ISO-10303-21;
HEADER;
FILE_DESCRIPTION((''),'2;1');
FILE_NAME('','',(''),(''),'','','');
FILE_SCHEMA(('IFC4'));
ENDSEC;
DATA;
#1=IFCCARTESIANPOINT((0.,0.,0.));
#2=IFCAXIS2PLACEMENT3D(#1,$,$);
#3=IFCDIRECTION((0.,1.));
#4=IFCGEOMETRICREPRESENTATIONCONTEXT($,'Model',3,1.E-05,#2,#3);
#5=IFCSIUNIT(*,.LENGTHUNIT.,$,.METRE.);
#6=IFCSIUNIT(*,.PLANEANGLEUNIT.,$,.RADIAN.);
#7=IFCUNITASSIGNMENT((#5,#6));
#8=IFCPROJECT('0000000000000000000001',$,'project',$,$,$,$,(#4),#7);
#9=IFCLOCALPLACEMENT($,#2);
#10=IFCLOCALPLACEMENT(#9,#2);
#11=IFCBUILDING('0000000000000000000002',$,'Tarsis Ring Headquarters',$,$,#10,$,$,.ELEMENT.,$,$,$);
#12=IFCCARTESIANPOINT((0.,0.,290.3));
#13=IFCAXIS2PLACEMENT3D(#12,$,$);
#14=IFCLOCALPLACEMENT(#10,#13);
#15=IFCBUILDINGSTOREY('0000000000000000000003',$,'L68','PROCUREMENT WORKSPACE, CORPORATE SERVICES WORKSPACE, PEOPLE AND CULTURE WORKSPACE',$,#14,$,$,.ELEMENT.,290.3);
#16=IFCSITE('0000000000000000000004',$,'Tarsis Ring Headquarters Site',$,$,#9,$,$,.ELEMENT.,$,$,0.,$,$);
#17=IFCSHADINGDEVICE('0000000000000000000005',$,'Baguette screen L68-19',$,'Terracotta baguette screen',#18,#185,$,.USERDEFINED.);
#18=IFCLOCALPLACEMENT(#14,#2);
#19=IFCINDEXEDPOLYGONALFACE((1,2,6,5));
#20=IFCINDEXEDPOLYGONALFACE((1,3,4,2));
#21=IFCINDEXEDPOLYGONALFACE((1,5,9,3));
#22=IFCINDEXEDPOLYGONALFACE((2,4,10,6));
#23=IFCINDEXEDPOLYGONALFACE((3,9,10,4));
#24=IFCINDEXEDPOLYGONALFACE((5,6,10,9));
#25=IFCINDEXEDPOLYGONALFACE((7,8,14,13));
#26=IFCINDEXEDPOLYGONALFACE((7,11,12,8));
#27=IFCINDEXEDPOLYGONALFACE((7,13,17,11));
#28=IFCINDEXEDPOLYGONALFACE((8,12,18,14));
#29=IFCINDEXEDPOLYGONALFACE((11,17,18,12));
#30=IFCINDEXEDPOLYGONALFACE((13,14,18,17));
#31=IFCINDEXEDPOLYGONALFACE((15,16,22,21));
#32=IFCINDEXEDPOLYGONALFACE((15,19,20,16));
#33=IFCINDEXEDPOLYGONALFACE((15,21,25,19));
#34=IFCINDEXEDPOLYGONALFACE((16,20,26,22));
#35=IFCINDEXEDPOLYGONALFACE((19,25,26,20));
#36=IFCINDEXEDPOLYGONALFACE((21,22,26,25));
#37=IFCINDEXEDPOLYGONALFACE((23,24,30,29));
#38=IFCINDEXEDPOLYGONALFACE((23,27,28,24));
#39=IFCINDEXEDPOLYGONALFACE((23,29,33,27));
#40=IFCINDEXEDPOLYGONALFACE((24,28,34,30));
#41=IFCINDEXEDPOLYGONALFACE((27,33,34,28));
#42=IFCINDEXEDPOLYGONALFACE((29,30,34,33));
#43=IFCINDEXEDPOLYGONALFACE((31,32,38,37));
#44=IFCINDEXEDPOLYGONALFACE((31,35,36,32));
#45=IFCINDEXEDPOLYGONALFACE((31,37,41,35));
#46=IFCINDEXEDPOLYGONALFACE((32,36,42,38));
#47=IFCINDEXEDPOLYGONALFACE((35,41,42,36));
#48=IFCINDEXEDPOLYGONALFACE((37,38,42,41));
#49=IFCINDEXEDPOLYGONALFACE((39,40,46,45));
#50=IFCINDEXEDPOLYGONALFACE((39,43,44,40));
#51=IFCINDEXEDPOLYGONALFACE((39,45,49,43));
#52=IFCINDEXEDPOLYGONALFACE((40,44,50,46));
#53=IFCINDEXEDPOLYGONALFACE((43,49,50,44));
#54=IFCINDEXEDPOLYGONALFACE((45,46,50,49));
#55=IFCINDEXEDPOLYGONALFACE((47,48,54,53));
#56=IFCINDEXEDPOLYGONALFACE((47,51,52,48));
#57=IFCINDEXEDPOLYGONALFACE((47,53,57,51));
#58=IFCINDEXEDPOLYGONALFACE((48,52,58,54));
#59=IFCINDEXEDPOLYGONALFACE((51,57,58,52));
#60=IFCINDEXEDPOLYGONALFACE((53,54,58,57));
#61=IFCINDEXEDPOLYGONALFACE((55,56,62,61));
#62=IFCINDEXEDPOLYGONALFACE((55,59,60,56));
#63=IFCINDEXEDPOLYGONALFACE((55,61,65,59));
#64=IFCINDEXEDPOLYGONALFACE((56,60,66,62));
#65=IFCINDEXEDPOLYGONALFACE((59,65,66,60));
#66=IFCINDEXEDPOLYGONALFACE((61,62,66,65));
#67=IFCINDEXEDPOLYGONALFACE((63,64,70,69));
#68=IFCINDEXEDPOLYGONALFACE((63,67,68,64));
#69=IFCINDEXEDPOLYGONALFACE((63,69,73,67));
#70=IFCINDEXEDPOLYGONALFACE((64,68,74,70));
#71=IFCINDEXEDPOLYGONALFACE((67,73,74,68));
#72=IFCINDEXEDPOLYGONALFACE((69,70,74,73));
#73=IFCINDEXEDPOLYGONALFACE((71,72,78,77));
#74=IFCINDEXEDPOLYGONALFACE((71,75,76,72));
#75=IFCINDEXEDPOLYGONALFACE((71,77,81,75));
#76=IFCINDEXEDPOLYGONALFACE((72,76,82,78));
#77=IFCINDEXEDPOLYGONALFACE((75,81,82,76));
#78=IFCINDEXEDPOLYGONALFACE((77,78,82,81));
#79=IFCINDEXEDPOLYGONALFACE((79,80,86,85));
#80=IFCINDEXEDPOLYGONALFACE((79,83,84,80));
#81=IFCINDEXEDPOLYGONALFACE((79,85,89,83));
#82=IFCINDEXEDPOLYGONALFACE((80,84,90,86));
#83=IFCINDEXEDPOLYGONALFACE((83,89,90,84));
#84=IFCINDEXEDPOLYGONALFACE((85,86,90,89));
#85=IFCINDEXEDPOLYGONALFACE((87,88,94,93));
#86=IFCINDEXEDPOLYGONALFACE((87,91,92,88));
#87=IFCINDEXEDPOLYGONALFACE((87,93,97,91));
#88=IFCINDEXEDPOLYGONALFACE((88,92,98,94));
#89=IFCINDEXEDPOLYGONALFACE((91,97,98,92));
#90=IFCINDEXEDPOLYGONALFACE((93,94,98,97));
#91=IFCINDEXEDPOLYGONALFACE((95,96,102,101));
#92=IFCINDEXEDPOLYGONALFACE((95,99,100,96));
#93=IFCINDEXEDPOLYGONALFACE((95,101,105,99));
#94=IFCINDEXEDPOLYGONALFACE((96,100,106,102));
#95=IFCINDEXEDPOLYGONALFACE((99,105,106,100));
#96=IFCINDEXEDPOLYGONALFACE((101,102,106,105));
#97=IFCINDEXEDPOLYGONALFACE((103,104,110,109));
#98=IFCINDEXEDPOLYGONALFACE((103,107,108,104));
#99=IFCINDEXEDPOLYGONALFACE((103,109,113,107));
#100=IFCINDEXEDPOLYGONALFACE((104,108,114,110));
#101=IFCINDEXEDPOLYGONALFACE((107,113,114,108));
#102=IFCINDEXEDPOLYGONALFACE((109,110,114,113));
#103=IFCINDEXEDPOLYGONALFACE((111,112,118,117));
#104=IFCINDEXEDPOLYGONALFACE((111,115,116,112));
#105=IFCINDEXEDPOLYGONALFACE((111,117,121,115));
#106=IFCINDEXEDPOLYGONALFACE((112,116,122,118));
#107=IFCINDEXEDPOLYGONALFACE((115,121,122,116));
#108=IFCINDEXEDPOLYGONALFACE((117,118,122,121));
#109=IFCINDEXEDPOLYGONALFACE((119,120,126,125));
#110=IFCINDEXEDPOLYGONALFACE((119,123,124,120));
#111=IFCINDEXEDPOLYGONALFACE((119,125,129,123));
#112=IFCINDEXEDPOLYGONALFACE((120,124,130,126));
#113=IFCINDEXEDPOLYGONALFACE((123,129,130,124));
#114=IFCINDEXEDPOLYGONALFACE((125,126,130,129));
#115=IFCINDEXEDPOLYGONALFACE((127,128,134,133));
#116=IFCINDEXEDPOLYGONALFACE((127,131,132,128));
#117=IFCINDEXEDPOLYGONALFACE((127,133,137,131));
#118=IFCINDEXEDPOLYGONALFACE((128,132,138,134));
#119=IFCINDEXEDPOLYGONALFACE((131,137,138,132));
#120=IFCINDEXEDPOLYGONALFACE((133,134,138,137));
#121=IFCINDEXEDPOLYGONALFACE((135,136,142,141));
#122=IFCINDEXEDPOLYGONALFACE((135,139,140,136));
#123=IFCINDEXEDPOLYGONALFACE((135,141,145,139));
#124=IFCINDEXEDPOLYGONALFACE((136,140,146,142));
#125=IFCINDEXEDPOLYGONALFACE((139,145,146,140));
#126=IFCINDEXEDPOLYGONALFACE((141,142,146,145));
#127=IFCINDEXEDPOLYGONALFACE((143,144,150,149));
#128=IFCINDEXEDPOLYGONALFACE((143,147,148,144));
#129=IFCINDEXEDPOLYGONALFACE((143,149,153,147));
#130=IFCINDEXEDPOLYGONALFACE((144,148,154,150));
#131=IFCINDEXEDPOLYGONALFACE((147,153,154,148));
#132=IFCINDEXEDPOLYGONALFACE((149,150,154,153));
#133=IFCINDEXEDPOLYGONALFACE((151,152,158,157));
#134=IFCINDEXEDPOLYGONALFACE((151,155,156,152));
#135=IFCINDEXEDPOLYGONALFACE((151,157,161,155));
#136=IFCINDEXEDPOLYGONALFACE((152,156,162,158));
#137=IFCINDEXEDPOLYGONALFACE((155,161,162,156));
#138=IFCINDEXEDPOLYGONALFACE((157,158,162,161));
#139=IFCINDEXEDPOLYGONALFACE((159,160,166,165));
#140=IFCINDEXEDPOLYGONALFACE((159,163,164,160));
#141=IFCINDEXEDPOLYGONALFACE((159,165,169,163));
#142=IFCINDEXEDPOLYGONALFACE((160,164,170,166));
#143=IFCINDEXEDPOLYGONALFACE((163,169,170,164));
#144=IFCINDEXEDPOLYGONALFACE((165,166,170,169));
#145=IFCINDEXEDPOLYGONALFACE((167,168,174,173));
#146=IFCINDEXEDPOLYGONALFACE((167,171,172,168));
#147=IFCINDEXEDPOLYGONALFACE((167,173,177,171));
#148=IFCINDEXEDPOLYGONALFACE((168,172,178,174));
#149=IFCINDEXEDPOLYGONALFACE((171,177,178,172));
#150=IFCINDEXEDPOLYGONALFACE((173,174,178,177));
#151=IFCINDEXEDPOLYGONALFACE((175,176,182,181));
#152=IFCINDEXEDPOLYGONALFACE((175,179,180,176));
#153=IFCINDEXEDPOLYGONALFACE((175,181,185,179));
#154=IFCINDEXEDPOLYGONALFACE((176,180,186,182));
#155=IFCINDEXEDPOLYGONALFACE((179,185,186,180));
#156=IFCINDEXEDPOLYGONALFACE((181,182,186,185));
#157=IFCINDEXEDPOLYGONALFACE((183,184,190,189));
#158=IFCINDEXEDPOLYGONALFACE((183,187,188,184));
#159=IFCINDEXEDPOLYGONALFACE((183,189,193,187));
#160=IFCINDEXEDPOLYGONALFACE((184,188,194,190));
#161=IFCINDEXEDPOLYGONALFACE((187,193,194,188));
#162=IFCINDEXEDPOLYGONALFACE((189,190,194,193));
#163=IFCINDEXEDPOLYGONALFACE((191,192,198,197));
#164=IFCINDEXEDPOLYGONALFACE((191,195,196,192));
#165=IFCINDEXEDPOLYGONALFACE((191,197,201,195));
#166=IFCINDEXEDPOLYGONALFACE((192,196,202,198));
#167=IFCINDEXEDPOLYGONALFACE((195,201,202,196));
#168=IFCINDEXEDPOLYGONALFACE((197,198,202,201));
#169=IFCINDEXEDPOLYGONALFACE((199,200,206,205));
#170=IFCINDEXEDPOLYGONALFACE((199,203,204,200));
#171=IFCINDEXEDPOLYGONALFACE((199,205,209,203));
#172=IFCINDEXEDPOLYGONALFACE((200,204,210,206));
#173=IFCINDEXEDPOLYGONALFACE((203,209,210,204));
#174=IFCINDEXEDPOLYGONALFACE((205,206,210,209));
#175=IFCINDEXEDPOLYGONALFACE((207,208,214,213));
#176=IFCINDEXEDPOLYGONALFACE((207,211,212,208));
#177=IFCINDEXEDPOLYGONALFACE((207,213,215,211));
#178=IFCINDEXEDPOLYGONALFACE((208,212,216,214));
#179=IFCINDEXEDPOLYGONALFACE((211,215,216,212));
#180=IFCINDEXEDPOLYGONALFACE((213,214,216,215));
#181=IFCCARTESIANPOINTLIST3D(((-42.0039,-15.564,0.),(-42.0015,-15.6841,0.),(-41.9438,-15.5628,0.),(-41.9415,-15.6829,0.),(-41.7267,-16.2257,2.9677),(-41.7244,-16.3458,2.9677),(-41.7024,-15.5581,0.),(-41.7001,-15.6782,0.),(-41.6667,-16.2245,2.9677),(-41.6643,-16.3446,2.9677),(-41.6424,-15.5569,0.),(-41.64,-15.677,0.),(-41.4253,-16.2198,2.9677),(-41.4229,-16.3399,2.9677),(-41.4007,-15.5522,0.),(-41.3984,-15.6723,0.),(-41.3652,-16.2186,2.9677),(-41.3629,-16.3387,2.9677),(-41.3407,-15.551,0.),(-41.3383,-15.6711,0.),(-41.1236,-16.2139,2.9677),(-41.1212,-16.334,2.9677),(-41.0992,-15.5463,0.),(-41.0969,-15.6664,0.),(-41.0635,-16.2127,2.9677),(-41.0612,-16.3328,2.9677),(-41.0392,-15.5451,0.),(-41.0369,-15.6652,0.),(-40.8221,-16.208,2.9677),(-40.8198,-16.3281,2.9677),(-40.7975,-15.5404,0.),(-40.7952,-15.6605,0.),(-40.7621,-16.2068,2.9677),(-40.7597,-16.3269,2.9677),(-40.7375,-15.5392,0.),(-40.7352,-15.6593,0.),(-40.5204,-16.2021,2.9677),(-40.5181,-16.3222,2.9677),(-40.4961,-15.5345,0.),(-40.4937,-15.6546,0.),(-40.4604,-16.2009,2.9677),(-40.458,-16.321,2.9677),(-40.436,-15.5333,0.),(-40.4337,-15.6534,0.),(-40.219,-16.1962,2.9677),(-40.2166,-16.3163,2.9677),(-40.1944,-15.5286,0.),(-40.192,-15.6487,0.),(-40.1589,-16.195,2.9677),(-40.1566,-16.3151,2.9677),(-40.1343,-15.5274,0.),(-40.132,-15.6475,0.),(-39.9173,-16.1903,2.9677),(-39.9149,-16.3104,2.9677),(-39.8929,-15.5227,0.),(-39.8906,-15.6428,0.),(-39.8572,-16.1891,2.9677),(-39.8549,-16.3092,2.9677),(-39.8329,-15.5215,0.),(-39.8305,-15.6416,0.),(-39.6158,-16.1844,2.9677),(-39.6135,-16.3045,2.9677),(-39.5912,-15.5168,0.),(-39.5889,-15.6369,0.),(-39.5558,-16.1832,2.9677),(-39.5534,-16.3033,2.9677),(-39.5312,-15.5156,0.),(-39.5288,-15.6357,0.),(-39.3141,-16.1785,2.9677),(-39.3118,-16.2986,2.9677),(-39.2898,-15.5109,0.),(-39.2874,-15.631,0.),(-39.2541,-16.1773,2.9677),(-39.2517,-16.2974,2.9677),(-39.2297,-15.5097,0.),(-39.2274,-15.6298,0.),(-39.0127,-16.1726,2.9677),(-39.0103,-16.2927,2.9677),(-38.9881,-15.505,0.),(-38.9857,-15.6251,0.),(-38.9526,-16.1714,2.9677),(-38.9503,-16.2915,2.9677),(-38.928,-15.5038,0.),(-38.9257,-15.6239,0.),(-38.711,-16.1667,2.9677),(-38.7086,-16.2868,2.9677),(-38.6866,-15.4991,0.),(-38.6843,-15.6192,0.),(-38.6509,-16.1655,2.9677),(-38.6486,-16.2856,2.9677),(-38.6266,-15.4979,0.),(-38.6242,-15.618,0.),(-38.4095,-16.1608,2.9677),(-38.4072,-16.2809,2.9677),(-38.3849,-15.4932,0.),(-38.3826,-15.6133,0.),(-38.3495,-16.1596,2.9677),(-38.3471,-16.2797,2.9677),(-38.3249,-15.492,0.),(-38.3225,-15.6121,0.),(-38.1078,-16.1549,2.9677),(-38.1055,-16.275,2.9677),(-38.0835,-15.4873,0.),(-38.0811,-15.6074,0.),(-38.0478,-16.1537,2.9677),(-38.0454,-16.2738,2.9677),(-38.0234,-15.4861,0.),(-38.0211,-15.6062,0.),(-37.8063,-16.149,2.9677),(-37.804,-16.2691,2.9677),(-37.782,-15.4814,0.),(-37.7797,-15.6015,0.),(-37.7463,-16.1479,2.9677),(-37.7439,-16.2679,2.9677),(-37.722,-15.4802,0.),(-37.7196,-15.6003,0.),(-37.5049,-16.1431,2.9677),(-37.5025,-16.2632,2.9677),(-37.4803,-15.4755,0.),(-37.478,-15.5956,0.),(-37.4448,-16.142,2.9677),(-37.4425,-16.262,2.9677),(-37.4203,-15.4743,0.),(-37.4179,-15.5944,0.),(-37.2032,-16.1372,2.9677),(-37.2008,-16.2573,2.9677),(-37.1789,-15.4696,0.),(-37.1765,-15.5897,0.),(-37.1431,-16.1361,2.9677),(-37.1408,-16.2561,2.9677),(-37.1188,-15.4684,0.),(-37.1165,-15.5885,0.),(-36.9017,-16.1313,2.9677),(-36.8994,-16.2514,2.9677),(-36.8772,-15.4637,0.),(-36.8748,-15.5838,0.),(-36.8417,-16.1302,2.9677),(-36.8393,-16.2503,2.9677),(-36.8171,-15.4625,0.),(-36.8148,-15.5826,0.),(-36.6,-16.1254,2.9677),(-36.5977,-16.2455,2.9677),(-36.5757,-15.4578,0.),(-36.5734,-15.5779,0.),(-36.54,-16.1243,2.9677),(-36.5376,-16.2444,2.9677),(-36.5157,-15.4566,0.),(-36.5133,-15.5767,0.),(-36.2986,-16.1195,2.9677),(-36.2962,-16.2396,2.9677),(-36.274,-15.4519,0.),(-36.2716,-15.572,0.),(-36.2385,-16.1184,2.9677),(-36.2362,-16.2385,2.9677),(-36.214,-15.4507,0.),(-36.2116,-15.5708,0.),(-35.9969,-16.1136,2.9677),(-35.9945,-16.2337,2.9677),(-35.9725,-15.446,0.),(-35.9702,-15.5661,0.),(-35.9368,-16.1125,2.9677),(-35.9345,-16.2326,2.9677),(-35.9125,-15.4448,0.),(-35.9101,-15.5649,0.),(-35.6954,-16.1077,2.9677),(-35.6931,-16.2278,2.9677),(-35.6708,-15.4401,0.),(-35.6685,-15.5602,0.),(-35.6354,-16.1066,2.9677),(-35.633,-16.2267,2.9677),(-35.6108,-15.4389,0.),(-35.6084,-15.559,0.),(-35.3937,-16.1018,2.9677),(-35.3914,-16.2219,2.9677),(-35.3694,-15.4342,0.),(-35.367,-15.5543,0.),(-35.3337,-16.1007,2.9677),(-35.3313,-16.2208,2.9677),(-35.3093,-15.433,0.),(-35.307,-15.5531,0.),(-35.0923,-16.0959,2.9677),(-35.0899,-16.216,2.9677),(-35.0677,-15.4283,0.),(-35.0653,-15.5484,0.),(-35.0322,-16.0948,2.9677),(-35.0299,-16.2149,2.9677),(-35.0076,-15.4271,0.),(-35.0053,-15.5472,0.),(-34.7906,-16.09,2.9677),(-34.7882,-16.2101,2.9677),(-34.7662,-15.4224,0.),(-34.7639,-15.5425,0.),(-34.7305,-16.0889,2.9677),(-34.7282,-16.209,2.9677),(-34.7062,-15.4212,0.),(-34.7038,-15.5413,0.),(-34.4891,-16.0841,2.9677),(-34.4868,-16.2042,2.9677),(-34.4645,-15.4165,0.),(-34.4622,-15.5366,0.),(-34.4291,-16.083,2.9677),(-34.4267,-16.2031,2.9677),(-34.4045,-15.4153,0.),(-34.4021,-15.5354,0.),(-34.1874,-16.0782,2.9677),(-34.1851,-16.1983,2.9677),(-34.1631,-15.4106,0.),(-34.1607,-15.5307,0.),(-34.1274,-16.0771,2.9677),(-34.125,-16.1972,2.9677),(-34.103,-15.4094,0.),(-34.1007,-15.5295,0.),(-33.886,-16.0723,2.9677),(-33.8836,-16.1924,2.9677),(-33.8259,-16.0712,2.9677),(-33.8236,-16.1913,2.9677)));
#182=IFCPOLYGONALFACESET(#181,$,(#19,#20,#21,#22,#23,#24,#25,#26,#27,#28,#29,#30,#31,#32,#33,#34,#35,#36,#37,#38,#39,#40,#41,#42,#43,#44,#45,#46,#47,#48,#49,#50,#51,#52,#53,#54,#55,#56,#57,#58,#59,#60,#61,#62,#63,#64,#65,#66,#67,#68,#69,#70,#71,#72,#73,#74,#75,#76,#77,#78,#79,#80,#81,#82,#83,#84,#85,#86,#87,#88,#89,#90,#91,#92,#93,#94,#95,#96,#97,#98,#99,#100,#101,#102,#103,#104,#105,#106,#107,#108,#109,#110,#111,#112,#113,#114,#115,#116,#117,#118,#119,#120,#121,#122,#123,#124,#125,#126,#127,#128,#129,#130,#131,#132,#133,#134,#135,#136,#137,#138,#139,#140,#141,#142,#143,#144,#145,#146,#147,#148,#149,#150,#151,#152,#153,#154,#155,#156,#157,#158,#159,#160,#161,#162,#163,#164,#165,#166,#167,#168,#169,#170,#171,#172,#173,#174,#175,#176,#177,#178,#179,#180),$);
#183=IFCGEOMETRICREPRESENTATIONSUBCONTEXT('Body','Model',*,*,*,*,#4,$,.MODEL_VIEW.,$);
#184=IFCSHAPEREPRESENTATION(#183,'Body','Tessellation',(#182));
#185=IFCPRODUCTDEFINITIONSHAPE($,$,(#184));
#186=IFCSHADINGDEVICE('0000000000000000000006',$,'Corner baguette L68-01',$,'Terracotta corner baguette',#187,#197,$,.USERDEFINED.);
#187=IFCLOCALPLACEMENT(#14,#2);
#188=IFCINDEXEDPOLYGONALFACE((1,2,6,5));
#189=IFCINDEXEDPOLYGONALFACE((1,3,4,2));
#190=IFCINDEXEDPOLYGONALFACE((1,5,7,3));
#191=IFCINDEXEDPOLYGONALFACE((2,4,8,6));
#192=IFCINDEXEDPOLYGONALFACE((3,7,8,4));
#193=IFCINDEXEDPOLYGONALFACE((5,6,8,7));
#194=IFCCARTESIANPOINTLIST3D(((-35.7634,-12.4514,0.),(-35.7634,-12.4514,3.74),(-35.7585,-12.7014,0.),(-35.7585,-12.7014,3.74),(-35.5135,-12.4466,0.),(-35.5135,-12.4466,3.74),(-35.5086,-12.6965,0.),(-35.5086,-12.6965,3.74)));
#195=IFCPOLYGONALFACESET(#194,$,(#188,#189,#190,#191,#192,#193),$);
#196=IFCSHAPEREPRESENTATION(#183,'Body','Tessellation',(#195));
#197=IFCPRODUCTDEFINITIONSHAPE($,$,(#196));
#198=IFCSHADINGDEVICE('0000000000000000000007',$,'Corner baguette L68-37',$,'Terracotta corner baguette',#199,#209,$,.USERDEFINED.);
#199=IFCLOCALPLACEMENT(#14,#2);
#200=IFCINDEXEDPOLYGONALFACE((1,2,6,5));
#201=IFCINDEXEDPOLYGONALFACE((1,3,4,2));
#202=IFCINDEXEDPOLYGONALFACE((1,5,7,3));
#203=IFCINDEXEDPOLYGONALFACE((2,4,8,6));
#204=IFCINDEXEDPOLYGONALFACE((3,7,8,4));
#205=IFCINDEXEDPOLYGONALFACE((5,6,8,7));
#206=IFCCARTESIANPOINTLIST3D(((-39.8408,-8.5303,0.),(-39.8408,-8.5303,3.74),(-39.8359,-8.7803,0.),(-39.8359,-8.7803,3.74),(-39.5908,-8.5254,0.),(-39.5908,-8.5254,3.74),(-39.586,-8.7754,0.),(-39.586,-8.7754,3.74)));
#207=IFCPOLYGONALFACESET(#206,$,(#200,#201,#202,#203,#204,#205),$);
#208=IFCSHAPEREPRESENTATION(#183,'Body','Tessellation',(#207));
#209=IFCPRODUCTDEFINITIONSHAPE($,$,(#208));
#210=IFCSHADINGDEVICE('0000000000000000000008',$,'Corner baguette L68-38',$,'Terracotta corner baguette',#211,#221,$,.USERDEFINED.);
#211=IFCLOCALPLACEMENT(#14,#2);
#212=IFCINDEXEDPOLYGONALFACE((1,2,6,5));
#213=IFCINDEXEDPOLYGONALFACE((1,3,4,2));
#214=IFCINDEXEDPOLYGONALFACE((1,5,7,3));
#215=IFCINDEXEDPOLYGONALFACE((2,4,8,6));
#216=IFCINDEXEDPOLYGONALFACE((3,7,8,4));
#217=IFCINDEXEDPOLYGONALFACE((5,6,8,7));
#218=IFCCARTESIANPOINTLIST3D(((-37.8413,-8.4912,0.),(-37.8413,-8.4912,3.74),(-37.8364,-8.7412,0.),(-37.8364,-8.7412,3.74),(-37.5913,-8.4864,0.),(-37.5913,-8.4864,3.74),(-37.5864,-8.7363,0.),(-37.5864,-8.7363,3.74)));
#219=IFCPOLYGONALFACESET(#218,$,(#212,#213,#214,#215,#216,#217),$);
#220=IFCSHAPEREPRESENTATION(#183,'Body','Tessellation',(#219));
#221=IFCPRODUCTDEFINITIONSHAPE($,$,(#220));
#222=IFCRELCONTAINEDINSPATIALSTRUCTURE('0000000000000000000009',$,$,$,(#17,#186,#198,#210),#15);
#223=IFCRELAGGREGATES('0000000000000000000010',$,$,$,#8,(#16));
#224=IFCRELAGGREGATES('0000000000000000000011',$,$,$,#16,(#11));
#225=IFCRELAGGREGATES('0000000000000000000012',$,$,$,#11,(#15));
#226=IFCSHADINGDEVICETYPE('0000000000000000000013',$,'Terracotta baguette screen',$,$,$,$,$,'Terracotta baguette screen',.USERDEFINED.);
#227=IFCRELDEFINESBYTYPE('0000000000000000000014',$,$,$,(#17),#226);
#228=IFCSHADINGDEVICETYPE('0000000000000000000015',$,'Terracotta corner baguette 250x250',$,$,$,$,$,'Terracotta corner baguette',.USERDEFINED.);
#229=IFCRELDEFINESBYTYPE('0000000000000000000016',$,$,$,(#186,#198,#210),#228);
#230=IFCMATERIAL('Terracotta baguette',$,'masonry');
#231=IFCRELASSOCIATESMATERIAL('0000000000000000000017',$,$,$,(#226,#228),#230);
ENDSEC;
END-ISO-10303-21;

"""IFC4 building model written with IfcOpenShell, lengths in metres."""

from ifc_helpers import new_model, si_unit, direction, frame, frame_2d, origin, origin_2d, place, context, subcontext, project, spatial, rectangle, composite_profile, extrude, material, type_object, element, save


model = new_model("IFC4")

# Units and contexts
model_context = context("Model", 3, precision=1e-05, world=origin(), true_north=direction((0.0, 1.0)))
body_context = subcontext(model_context, "Body", "Model", "MODEL_VIEW")
ifc_project = project(units=[si_unit("LENGTHUNIT", "METRE"), si_unit("PLANEANGLEUNIT", "RADIAN")], contexts=[model_context])

# Site, building, storey
site_placement = place(None, origin())
site = spatial("IfcSite", under=ifc_project, at=site_placement, Name="Tarsis Ring Headquarters Site", CompositionType="ELEMENT", RefElevation=0.0)
building_placement = place(site_placement, origin())
building = spatial("IfcBuilding", under=site, at=building_placement, Name="Tarsis Ring Headquarters", CompositionType="ELEMENT")
storey_placement = place(building_placement, frame((0.0, 0.0, 290.3)))
storey = spatial("IfcBuildingStorey", under=building, at=storey_placement, Name="L68", Description="PROCUREMENT WORKSPACE, CORPORATE SERVICES WORKSPACE, PEOPLE AND CULTURE WORKSPACE", CompositionType="ELEMENT", Elevation=290.3)

# Shading devices
ifc_material_1 = material(Name="Terracotta baguette", Category="masonry")
shading_device_type_1 = type_object("IfcShadingDeviceType", Name="Terracotta baguette screen", ElementType="Terracotta baguette screen", PredefinedType="USERDEFINED", material=ifc_material_1)
shading_device_placement = place(storey_placement, frame((-42.0027, -15.624, 0.0), z_axis=(0.0, 0.0, 1.0), x_axis=(0.999815, 0.019556, 0.0)))
element("IfcShadingDevice", 1, at=shading_device_placement, inside=storey, type_object=shading_device_type_1, Name="Baguette screen L68-19", ObjectType="Terracotta baguette screen", PredefinedType="USERDEFINED", context=body_context, shape_type="SweptSolid", body=[
    extrude(composite_profile([rectangle(XDim=0.0601, YDim=0.1201, at=frame_2d((0.03, 0.0))), rectangle(XDim=0.0601, YDim=0.1201, at=frame_2d((0.3315, 0.0))), rectangle(XDim=0.0601, YDim=0.1201, at=frame_2d((0.6333, 0.0))), rectangle(XDim=0.0601, YDim=0.1201, at=frame_2d((0.9348, 0.0))), rectangle(XDim=0.0601, YDim=0.1201, at=frame_2d((1.2366, 0.0))), rectangle(XDim=0.0601, YDim=0.1201, at=frame_2d((1.5381, 0.0))), rectangle(XDim=0.0601, YDim=0.1201, at=frame_2d((1.8398, 0.0))), rectangle(XDim=0.0601, YDim=0.1201, at=frame_2d((2.1414, 0.0))), rectangle(XDim=0.0601, YDim=0.1201, at=frame_2d((2.4431, 0.0))), rectangle(XDim=0.0601, YDim=0.1201, at=frame_2d((2.7446, 0.0))), rectangle(XDim=0.0601, YDim=0.1201, at=frame_2d((3.0464, 0.0))), rectangle(XDim=0.0601, YDim=0.1201, at=frame_2d((3.3479, 0.0))), rectangle(XDim=0.0601, YDim=0.1201, at=frame_2d((3.6497, 0.0))), rectangle(XDim=0.0601, YDim=0.1201, at=frame_2d((3.9512, 0.0))), rectangle(XDim=0.0601, YDim=0.1201, at=frame_2d((4.2527, 0.0))), rectangle(XDim=0.0601, YDim=0.1201, at=frame_2d((4.5544, 0.0))), rectangle(XDim=0.0601, YDim=0.1201, at=frame_2d((4.856, 0.0))), rectangle(XDim=0.0601, YDim=0.1201, at=frame_2d((5.1577, 0.0))), rectangle(XDim=0.0601, YDim=0.1201, at=frame_2d((5.4592, 0.0))), rectangle(XDim=0.0601, YDim=0.1201, at=frame_2d((5.761, 0.0))), rectangle(XDim=0.0601, YDim=0.1201, at=frame_2d((6.0625, 0.0))), rectangle(XDim=0.0601, YDim=0.1201, at=frame_2d((6.3643, 0.0))), rectangle(XDim=0.0601, YDim=0.1201, at=frame_2d((6.6658, 0.0))), rectangle(XDim=0.0601, YDim=0.1201, at=frame_2d((6.9675, 0.0))), rectangle(XDim=0.0601, YDim=0.1201, at=frame_2d((7.269, 0.0))), rectangle(XDim=0.0601, YDim=0.1201, at=frame_2d((7.5708, 0.0))), rectangle(XDim=0.0601, YDim=0.1201, at=frame_2d((7.8723, 0.0)))]), origin(), (0.086508, -0.218466, 0.972003), 3.0532),
])
shading_device_type_2 = type_object("IfcShadingDeviceType", Name="Terracotta corner baguette 250x250", ElementType="Terracotta corner baguette", PredefinedType="USERDEFINED", material=ifc_material_1)
for number, where, z_axis, x_axis, name in (
    (2, (-35.636, -12.574, 0.0), (0.0, 0.0, 1.0), (0.019547, -0.999809, 0.0), "Corner baguette L68-01"),
    (3, (-39.7134, -8.6528, 0.0), (0.0, 0.0, 1.0), (0.019546, -0.999809, 0.0), "Corner baguette L68-37"),
    (4, (-37.7139, -8.6138, 0.0), (0.0, 0.0, 1.0), (0.999809, 0.019547, 0.0), "Corner baguette L68-38"),
):
    element("IfcShadingDevice", number, at=place(storey_placement, frame(where, z_axis=z_axis, x_axis=x_axis)), inside=storey, type_object=shading_device_type_2, Name=name, ObjectType="Terracotta corner baguette", PredefinedType="USERDEFINED", context=body_context, shape_type="SweptSolid", body=[
        extrude(rectangle(XDim=0.25, YDim=0.25, at=origin_2d()), origin(), (0.0, 0.0, 1.0), 3.74),
    ])

save(model, "model.ifc")
